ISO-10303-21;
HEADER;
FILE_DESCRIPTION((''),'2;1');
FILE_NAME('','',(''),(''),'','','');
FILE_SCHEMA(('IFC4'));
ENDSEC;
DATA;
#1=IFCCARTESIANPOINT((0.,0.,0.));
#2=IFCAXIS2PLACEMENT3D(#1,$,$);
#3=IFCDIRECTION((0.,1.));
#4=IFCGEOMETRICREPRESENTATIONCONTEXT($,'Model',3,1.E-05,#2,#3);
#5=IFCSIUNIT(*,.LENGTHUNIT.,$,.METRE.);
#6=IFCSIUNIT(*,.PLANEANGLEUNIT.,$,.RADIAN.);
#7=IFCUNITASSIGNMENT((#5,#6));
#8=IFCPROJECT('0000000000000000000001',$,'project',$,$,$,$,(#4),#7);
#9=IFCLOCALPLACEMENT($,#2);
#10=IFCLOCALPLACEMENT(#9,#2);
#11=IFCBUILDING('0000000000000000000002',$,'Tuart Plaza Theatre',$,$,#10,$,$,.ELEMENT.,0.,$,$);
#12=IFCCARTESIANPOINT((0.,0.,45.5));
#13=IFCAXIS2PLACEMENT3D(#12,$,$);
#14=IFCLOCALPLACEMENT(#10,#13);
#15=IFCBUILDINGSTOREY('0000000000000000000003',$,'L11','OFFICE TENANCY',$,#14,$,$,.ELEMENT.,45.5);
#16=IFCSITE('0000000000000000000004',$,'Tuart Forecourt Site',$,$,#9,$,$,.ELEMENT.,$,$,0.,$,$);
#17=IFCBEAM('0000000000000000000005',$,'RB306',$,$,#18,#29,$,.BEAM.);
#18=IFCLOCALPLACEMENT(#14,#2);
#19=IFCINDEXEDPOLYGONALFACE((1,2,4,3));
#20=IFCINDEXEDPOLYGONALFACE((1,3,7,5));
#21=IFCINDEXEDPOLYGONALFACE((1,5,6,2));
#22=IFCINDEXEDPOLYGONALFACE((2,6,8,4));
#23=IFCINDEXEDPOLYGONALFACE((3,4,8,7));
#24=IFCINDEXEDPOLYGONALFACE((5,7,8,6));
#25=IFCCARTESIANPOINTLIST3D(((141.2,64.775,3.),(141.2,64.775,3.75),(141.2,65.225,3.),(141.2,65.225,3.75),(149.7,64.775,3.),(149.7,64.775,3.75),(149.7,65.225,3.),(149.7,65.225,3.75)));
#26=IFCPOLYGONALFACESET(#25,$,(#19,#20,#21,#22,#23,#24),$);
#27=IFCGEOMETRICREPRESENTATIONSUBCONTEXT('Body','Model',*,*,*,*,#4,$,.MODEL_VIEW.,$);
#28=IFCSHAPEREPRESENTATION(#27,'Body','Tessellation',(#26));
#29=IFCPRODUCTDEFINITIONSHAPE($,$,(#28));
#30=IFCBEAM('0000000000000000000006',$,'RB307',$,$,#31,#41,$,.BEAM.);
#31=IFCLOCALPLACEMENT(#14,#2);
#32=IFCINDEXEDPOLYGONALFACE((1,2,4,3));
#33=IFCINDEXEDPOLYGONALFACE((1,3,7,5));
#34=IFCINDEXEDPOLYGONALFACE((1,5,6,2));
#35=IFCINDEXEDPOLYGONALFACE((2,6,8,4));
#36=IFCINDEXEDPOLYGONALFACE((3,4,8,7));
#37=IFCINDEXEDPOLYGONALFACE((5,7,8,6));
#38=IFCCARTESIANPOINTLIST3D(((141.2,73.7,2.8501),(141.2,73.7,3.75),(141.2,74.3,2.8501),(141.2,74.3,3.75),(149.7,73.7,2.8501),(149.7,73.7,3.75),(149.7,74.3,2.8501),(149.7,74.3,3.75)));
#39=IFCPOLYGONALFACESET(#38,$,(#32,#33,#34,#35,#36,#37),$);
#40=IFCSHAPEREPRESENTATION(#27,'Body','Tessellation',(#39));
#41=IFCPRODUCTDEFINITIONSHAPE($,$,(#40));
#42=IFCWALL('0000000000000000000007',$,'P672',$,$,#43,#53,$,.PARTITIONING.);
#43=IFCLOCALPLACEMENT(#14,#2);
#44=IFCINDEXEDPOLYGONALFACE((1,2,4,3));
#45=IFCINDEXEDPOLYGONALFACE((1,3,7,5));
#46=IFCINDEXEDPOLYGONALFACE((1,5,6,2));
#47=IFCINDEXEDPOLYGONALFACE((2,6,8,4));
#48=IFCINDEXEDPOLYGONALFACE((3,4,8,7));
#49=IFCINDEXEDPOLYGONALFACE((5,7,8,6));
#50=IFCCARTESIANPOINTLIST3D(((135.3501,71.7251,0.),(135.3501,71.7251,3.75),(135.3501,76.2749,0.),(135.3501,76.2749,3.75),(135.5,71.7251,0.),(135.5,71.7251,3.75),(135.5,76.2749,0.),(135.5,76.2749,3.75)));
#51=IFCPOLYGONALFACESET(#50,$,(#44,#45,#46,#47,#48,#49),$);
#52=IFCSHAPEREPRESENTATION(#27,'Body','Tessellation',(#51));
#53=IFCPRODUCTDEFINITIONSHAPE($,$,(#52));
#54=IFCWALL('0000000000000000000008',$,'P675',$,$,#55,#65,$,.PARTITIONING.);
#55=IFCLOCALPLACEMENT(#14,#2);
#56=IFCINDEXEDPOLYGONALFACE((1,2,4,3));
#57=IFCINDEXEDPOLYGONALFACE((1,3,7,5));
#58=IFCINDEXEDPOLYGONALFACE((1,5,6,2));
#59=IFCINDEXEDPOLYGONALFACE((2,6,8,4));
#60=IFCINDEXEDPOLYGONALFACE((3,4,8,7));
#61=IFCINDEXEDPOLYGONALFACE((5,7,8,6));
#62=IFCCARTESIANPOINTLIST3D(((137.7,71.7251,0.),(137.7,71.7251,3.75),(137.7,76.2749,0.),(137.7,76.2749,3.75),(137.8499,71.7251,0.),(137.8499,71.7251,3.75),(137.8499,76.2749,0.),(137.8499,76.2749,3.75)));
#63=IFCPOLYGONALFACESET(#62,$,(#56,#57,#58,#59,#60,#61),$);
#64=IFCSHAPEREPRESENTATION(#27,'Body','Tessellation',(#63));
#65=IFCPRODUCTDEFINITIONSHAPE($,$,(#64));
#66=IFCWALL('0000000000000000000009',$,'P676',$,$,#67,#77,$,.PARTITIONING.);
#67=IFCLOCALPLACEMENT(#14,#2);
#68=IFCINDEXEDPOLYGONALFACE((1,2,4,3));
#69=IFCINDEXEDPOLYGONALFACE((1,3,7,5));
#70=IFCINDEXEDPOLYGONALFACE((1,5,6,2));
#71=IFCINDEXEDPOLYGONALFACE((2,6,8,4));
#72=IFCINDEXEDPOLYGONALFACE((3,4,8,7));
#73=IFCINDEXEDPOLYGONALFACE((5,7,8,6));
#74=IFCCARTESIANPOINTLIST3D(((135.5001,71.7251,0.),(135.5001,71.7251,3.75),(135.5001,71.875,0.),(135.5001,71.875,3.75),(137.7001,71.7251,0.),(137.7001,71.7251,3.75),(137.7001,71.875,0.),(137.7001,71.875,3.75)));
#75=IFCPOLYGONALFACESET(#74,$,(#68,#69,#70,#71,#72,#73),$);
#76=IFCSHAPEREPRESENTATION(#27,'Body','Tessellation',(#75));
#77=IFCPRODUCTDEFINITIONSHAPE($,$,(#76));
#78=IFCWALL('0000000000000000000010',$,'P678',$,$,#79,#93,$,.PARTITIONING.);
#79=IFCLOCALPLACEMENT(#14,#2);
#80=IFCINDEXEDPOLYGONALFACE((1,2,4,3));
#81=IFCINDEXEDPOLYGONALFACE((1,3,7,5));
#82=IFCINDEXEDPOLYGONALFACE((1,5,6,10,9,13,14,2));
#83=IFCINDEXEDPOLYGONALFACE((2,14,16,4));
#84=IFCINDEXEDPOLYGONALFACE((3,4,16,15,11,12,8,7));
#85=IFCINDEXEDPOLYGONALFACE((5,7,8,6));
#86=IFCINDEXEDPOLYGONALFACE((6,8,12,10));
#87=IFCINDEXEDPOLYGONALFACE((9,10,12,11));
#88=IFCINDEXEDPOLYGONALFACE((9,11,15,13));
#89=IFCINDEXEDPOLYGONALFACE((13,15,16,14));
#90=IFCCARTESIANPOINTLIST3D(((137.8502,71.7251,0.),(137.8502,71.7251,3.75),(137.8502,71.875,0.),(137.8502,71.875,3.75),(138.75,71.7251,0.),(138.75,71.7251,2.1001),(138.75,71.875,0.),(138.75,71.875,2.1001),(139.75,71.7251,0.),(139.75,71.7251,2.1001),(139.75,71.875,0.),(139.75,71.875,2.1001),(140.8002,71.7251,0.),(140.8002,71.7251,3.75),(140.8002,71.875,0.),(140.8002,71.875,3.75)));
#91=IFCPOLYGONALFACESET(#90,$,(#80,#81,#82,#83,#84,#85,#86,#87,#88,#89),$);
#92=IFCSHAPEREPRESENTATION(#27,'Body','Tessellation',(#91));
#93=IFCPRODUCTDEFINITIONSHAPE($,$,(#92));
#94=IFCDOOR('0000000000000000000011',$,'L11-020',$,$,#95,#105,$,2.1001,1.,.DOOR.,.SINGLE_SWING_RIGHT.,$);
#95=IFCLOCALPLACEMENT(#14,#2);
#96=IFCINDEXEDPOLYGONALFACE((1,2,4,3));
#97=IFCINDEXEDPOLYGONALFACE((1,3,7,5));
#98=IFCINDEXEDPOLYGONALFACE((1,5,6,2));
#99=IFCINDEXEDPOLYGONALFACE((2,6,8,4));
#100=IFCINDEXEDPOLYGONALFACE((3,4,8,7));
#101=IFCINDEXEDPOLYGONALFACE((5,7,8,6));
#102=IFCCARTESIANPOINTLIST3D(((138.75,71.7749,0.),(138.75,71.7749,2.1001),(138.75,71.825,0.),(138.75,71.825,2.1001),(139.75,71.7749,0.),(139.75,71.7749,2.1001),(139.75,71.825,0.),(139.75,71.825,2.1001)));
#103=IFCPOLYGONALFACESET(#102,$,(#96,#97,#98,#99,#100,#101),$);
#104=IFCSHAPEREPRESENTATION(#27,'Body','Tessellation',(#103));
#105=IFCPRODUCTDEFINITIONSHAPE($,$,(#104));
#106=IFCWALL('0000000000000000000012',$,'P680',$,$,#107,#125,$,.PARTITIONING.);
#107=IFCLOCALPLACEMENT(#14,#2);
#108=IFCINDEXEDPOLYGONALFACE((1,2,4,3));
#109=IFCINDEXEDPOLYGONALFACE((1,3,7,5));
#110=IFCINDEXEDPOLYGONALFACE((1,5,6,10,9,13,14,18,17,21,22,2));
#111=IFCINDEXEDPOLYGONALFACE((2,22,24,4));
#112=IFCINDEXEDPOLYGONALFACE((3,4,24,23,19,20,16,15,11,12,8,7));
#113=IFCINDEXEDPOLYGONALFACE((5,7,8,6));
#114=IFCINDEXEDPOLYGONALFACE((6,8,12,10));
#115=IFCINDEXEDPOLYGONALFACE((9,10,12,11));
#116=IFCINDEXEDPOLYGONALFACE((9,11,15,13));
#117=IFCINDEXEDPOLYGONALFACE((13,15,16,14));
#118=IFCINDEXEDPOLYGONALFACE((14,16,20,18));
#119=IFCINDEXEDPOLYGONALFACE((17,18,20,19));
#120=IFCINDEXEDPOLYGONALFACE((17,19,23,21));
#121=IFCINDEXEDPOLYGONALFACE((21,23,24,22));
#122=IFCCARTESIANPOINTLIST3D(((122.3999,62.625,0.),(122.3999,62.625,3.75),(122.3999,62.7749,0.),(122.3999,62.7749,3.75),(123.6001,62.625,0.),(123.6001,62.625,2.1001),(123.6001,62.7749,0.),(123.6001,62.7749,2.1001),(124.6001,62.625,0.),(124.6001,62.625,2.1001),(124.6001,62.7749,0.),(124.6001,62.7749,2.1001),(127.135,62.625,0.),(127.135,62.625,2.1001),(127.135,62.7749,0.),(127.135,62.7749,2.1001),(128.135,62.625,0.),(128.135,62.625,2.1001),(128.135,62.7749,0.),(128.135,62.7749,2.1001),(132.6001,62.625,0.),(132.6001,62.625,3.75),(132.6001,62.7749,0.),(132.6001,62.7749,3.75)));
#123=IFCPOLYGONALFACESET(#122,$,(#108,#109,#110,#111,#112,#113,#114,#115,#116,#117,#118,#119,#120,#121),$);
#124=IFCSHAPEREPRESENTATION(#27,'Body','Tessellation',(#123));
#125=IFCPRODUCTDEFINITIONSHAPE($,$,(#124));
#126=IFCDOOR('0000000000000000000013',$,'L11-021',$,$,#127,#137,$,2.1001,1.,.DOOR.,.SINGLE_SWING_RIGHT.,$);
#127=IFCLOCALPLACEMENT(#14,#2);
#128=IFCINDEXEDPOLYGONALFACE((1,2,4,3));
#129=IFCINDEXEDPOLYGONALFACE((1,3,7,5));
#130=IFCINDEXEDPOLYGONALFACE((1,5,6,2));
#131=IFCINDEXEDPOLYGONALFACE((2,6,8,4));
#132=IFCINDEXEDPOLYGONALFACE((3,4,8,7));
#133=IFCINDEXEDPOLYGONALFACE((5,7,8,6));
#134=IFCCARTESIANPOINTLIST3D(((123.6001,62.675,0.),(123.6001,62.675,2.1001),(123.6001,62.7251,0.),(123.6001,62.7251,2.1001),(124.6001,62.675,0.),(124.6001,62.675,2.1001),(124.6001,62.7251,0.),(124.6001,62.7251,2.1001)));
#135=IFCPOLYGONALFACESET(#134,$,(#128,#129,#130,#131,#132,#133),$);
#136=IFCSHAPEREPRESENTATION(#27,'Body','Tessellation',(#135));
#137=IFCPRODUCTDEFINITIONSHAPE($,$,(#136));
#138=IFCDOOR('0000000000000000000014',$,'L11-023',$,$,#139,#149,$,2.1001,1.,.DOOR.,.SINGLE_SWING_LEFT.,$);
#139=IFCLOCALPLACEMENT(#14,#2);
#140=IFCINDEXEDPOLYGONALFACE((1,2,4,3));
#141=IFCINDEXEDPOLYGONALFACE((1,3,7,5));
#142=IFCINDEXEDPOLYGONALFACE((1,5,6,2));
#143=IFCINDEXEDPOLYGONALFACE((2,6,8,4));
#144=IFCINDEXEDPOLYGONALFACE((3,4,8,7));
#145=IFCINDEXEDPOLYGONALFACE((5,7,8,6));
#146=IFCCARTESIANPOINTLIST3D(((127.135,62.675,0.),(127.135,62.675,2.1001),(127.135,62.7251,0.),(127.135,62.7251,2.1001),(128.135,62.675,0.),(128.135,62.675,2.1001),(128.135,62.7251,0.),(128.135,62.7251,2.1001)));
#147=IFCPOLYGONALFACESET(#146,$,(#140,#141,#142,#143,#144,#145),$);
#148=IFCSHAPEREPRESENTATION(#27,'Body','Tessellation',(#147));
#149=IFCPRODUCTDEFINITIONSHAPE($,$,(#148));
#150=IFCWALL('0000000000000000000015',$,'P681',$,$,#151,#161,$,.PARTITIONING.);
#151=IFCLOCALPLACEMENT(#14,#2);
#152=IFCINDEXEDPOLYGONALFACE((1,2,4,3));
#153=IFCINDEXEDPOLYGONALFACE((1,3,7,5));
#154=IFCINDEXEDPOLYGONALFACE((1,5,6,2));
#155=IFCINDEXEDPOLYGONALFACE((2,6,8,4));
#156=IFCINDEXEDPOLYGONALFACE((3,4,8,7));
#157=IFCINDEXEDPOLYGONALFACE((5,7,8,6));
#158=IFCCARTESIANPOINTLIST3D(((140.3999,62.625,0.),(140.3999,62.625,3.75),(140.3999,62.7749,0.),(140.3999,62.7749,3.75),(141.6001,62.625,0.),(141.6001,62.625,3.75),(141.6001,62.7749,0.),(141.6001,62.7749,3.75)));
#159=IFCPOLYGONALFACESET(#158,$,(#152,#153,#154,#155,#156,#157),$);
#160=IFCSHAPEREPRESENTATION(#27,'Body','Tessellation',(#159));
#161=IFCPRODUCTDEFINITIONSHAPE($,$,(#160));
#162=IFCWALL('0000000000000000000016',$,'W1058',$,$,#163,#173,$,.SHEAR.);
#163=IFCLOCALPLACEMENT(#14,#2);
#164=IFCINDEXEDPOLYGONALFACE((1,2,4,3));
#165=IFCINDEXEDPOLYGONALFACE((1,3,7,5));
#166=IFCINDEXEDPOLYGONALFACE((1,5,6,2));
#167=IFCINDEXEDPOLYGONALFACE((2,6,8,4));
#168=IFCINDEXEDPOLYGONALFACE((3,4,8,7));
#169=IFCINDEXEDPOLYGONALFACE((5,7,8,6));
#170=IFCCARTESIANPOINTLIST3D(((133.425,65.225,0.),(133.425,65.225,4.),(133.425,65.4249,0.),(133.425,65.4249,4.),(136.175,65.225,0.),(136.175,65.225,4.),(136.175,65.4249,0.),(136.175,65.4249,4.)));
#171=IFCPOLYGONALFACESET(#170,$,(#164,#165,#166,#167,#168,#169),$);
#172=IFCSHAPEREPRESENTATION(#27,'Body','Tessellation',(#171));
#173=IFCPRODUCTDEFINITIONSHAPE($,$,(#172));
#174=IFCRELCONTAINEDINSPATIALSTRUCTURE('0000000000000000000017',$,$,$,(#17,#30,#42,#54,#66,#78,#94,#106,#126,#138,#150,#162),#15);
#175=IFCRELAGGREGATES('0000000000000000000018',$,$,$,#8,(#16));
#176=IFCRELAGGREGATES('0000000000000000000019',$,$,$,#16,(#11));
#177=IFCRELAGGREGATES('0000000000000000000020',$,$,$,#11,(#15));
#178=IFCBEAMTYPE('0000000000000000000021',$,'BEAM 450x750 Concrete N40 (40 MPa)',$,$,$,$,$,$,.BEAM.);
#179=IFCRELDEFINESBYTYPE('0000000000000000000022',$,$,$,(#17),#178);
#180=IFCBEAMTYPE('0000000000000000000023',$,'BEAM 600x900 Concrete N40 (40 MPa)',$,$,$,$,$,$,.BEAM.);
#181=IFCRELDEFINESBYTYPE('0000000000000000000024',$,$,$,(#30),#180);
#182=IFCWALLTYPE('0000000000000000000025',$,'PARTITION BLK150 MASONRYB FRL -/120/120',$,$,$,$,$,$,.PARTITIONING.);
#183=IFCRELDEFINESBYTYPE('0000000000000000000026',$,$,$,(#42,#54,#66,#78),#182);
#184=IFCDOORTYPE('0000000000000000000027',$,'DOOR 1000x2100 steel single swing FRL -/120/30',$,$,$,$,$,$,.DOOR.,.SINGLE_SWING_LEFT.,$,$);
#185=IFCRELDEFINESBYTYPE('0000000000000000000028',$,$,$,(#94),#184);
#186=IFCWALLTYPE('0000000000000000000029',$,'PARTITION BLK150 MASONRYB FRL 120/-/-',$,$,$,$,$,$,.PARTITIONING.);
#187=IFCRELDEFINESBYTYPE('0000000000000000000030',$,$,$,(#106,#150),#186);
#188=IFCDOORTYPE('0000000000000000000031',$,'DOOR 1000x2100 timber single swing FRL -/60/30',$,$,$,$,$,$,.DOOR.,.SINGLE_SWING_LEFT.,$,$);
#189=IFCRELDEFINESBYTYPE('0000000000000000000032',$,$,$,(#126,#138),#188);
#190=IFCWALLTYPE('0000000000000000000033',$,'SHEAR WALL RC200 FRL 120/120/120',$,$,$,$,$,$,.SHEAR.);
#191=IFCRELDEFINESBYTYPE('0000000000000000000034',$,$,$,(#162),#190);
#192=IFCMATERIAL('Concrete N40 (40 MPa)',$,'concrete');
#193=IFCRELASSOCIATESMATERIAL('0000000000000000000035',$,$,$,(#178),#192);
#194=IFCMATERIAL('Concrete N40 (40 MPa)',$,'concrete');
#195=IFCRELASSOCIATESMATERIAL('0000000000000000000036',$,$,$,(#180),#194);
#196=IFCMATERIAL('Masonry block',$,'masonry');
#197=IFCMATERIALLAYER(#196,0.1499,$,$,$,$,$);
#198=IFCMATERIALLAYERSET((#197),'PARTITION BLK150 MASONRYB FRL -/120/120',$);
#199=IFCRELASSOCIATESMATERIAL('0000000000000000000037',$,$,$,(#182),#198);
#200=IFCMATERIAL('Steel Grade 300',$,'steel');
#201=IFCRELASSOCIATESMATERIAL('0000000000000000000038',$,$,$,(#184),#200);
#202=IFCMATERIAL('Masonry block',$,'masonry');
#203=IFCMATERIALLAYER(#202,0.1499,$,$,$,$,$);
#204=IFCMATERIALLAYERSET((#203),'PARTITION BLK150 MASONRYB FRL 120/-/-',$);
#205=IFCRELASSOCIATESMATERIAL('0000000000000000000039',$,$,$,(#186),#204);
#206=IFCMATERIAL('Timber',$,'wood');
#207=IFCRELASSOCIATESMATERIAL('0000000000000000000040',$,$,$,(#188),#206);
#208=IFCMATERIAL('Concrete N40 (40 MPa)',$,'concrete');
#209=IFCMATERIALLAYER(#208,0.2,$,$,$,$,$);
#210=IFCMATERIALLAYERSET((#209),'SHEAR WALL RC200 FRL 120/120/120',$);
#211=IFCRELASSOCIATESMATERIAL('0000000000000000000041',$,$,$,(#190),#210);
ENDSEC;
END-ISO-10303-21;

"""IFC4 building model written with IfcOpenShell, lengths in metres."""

from ifc_helpers import new_model, si_unit, direction, frame, frame_2d, origin, origin_2d, place, context, subcontext, project, spatial, rectangle, extrude, material, layer, layer_set, material_profile, profile_set, type_object, element, fill, save


model = new_model("IFC4")

# Units and contexts
model_context = context("Model", 3, precision=1e-05, world=origin(), true_north=direction((0.0, 1.0)))
body_context = subcontext(model_context, "Body", "Model", "MODEL_VIEW")
ifc_project = project(units=[si_unit("LENGTHUNIT", "METRE"), si_unit("PLANEANGLEUNIT", "RADIAN")], contexts=[model_context])

# Site, building, storey
site_placement = place(None, origin())
site = spatial("IfcSite", under=ifc_project, at=site_placement, Name="Tuart Forecourt Site", CompositionType="ELEMENT", RefElevation=0.0)
building_placement = place(site_placement, origin())
building = spatial("IfcBuilding", under=site, at=building_placement, Name="Tuart Plaza Theatre", CompositionType="ELEMENT", ElevationOfRefHeight=0.0)
storey_placement = place(building_placement, frame((0.0, 0.0, 45.5)))
storey = spatial("IfcBuildingStorey", under=building, at=storey_placement, Name="L11", Description="OFFICE TENANCY", CompositionType="ELEMENT", Elevation=45.5)

# Beams
ifc_material_1 = material(Name="Concrete N40 (40 MPa)", Category="concrete")
ifc_material_profile_1 = material_profile(ifc_material_1, rectangle(XDim=0.45, YDim=0.75, at=origin_2d()), Name="BEAM 450x750 Concrete N40 (40 MPa)")
ifc_profile_set_1 = profile_set([ifc_material_profile_1], Name="Concrete N40 (40 MPa)")
beam_type_1 = type_object("IfcBeamType", Name="BEAM 450x750 Concrete N40 (40 MPa)", PredefinedType="BEAM", material=ifc_profile_set_1)
beam_1_placement = place(storey_placement, frame((141.2, 65.0, 3.375), z_axis=(1.0, 0.0, 0.0), x_axis=(0.0, 1.0, 0.0)))
element("IfcBeam", 1, at=beam_1_placement, inside=storey, type_object=beam_type_1, Name="RB306", PredefinedType="BEAM", context=body_context, shape_type="SweptSolid", body=[
    extrude(rectangle(XDim=0.45, YDim=0.75, at=origin_2d()), origin(), (0.0, 0.0, 1.0), 8.5),
])
ifc_material_2 = material(Name="Concrete N40 (40 MPa)", Category="concrete")
ifc_material_profile_2 = material_profile(ifc_material_2, rectangle(XDim=0.6001, YDim=0.8999, at=origin_2d()), Name="BEAM 600x900 Concrete N40 (40 MPa)")
ifc_profile_set_2 = profile_set([ifc_material_profile_2], Name="Concrete N40 (40 MPa)")
beam_type_2 = type_object("IfcBeamType", Name="BEAM 600x900 Concrete N40 (40 MPa)", PredefinedType="BEAM", material=ifc_profile_set_2)
beam_2_placement = place(storey_placement, frame((141.2, 74.0, 3.3), z_axis=(1.0, 0.0, 0.0), x_axis=(0.0, 1.0, 0.0)))
element("IfcBeam", 2, at=beam_2_placement, inside=storey, type_object=beam_type_2, Name="RB307", PredefinedType="BEAM", context=body_context, shape_type="SweptSolid", body=[
    extrude(rectangle(XDim=0.6001, YDim=0.8999, at=origin_2d()), origin(), (0.0, 0.0, 1.0), 8.5),
])

# Walls
ifc_material_3 = material(Name="Masonry block", Category="masonry")
ifc_layer_1 = layer(ifc_material_3, 0.1499)
ifc_layer_set_1 = layer_set([ifc_layer_1], Name="PARTITION BLK150 MASONRYB FRL -/120/120")
wall_type_1 = type_object("IfcWallType", Name="PARTITION BLK150 MASONRYB FRL -/120/120", PredefinedType="PARTITIONING", material=ifc_layer_set_1)
for number, where, z_axis, x_axis, name in (
    (3, (135.425, 71.7251, 0.0), (0.0, 0.0, 1.0), (0.0, 1.0, 0.0), "P672"),
    (4, (137.7749, 71.7251, 0.0), (0.0, 0.0, 1.0), (0.0, 1.0, 0.0), "P675"),
):
    element("IfcWall", number, at=place(storey_placement, frame(where, z_axis=z_axis, x_axis=x_axis)), inside=storey, type_object=wall_type_1, Name=name, PredefinedType="PARTITIONING", context=body_context, shape_type="SweptSolid", body=[
        extrude(rectangle(XDim=4.5498, YDim=0.1499, at=frame_2d((2.2749, 0.0))), origin(), (0.0, 0.0, 1.0), 3.75),
    ])
wall_1_placement = place(storey_placement, frame((135.5, 71.8, 0.0), z_axis=(0.0, 0.0, 1.0), x_axis=(1.0, 0.0, 0.0)))
element("IfcWall", 5, at=wall_1_placement, inside=storey, type_object=wall_type_1, Name="P676", PredefinedType="PARTITIONING", context=body_context, shape_type="SweptSolid", body=[
    extrude(rectangle(XDim=2.2, YDim=0.1499, at=frame_2d((1.1001, 0.0))), origin(), (0.0, 0.0, 1.0), 3.75),
])

# Wall, opening, door
wall_2_placement = place(storey_placement, frame((137.8501, 71.8, 0.0), z_axis=(0.0, 0.0, 1.0), x_axis=(1.0, 0.0, 0.0)))
wall_2 = element("IfcWall", 6, at=wall_2_placement, inside=storey, type_object=wall_type_1, Name="P678", PredefinedType="PARTITIONING", context=body_context, shape_type="SweptSolid", body=[
    extrude(rectangle(XDim=2.95, YDim=0.1499, at=frame_2d((1.4751, 0.0))), origin(), (0.0, 0.0, 1.0), 3.75),
])
opening_1_placement = place(wall_2_placement, frame((0.8999, 0.0, 0.0)))
opening_1 = element("IfcOpeningElement", 7, at=opening_1_placement, cuts=wall_2, PredefinedType="OPENING", context=body_context, shape_type="SweptSolid", body=[
    extrude(rectangle(XDim=1.0, YDim=2.1001, at=frame_2d((0.5, 1.05))), frame((0.0, 0.085, 0.0), z_axis=(0.0, -1.0, 0.0), x_axis=(1.0, 0.0, 0.0)), (0.0, 0.0, 1.0), 0.1699),
])
ifc_material_4 = material(Name="Steel Grade 300", Category="steel")
door_type_1 = type_object("IfcDoorType", Name="DOOR 1000x2100 steel single swing FRL -/120/30", OperationType="SINGLE_SWING_LEFT", PredefinedType="DOOR", material=ifc_material_4)
door_1_placement = place(opening_1_placement, origin())
door_1 = element("IfcDoor", 8, at=door_1_placement, inside=storey, type_object=door_type_1, Name="L11-020", OperationType="SINGLE_SWING_RIGHT", OverallHeight=2.1001, OverallWidth=1.0, PredefinedType="DOOR", context=body_context, shape_type="SweptSolid", body=[
    extrude(rectangle(XDim=1.0, YDim=2.1001, at=frame_2d((0.5, 1.05))), frame((0.0, 0.0249, 0.0), z_axis=(0.0, -1.0, 0.0), x_axis=(1.0, 0.0, 0.0)), (0.0, 0.0, 1.0), 0.05),
])
fill(opening_1, door_1)

# Wall, openings, doors
ifc_material_5 = material(Name="Masonry block", Category="masonry")
ifc_layer_2 = layer(ifc_material_5, 0.1499)
ifc_layer_set_2 = layer_set([ifc_layer_2], Name="PARTITION BLK150 MASONRYB FRL 120/-/-")
wall_type_2 = type_object("IfcWallType", Name="PARTITION BLK150 MASONRYB FRL 120/-/-", PredefinedType="PARTITIONING", material=ifc_layer_set_2)
wall_3_placement = place(storey_placement, frame((132.6001, 62.7, 0.0), z_axis=(0.0, 0.0, 1.0), x_axis=(-1.0, 0.0, 0.0)))
wall_3 = element("IfcWall", 9, at=wall_3_placement, inside=storey, type_object=wall_type_2, Name="P680", PredefinedType="PARTITIONING", context=body_context, shape_type="SweptSolid", body=[
    extrude(rectangle(XDim=10.2002, YDim=0.1499, at=frame_2d((5.1001, 0.0))), origin(), (0.0, 0.0, 1.0), 3.75),
])
opening_2_placement = place(wall_3_placement, frame((8.0, 0.0, 0.0)))
opening_2 = element("IfcOpeningElement", 10, at=opening_2_placement, cuts=wall_3, PredefinedType="OPENING", context=body_context, shape_type="SweptSolid", body=[
    extrude(rectangle(XDim=1.0, YDim=2.1001, at=frame_2d((0.5, 1.05))), frame((0.0, 0.085, 0.0), z_axis=(0.0, -1.0, 0.0), x_axis=(1.0, 0.0, 0.0)), (0.0, 0.0, 1.0), 0.1699),
])
opening_3_placement = place(wall_3_placement, frame((4.4651, 0.0, 0.0)))
opening_3 = element("IfcOpeningElement", 11, at=opening_3_placement, cuts=wall_3, PredefinedType="OPENING", context=body_context, shape_type="SweptSolid", body=[
    extrude(rectangle(XDim=1.0, YDim=2.1001, at=frame_2d((0.5, 1.05))), frame((0.0, 0.085, 0.0), z_axis=(0.0, -1.0, 0.0), x_axis=(1.0, 0.0, 0.0)), (0.0, 0.0, 1.0), 0.1699),
])
ifc_material_6 = material(Name="Timber", Category="wood")
door_type_2 = type_object("IfcDoorType", Name="DOOR 1000x2100 timber single swing FRL -/60/30", OperationType="SINGLE_SWING_LEFT", PredefinedType="DOOR", material=ifc_material_6)
door_2_placement = place(opening_2_placement, origin())
door_2 = element("IfcDoor", 12, at=door_2_placement, inside=storey, type_object=door_type_2, Name="L11-021", OperationType="SINGLE_SWING_RIGHT", OverallHeight=2.1001, OverallWidth=1.0, PredefinedType="DOOR", context=body_context, shape_type="SweptSolid", body=[
    extrude(rectangle(XDim=1.0, YDim=2.1001, at=frame_2d((0.5, 1.05))), frame((0.0, 0.0249, 0.0), z_axis=(0.0, -1.0, 0.0), x_axis=(1.0, 0.0, 0.0)), (0.0, 0.0, 1.0), 0.05),
])
fill(opening_2, door_2)
door_3_placement = place(opening_3_placement, origin())
door_3 = element("IfcDoor", 13, at=door_3_placement, inside=storey, type_object=door_type_2, Name="L11-023", OperationType="SINGLE_SWING_LEFT", OverallHeight=2.1001, OverallWidth=1.0, PredefinedType="DOOR", context=body_context, shape_type="SweptSolid", body=[
    extrude(rectangle(XDim=1.0, YDim=2.1001, at=frame_2d((0.5, 1.05))), frame((0.0, 0.0249, 0.0), z_axis=(0.0, -1.0, 0.0), x_axis=(1.0, 0.0, 0.0)), (0.0, 0.0, 1.0), 0.05),
])
fill(opening_3, door_3)

# Walls
wall_4_placement = place(storey_placement, frame((141.6001, 62.7, 0.0), z_axis=(0.0, 0.0, 1.0), x_axis=(-1.0, 0.0, 0.0)))
element("IfcWall", 14, at=wall_4_placement, inside=storey, type_object=wall_type_2, Name="P681", PredefinedType="PARTITIONING", context=body_context, shape_type="SweptSolid", body=[
    extrude(rectangle(XDim=1.2002, YDim=0.1499, at=frame_2d((0.6001, 0.0))), origin(), (0.0, 0.0, 1.0), 3.75),
])
ifc_material_7 = material(Name="Concrete N40 (40 MPa)", Category="concrete")
ifc_layer_3 = layer(ifc_material_7, 0.2)
ifc_layer_set_3 = layer_set([ifc_layer_3], Name="SHEAR WALL RC200 FRL 120/120/120")
wall_type_3 = type_object("IfcWallType", Name="SHEAR WALL RC200 FRL 120/120/120", PredefinedType="SHEAR", material=ifc_layer_set_3)
wall_5_placement = place(storey_placement, frame((133.425, 65.325, 0.0), z_axis=(0.0, 0.0, 1.0), x_axis=(1.0, 0.0, 0.0)))
element("IfcWall", 15, at=wall_5_placement, inside=storey, type_object=wall_type_3, Name="W1058", PredefinedType="SHEAR", context=body_context, shape_type="SweptSolid", body=[
    extrude(rectangle(XDim=2.75, YDim=0.2, at=frame_2d((1.375, 0.0))), origin(), (0.0, 0.0, 1.0), 4.0),
])

save(model, "model.ifc")
